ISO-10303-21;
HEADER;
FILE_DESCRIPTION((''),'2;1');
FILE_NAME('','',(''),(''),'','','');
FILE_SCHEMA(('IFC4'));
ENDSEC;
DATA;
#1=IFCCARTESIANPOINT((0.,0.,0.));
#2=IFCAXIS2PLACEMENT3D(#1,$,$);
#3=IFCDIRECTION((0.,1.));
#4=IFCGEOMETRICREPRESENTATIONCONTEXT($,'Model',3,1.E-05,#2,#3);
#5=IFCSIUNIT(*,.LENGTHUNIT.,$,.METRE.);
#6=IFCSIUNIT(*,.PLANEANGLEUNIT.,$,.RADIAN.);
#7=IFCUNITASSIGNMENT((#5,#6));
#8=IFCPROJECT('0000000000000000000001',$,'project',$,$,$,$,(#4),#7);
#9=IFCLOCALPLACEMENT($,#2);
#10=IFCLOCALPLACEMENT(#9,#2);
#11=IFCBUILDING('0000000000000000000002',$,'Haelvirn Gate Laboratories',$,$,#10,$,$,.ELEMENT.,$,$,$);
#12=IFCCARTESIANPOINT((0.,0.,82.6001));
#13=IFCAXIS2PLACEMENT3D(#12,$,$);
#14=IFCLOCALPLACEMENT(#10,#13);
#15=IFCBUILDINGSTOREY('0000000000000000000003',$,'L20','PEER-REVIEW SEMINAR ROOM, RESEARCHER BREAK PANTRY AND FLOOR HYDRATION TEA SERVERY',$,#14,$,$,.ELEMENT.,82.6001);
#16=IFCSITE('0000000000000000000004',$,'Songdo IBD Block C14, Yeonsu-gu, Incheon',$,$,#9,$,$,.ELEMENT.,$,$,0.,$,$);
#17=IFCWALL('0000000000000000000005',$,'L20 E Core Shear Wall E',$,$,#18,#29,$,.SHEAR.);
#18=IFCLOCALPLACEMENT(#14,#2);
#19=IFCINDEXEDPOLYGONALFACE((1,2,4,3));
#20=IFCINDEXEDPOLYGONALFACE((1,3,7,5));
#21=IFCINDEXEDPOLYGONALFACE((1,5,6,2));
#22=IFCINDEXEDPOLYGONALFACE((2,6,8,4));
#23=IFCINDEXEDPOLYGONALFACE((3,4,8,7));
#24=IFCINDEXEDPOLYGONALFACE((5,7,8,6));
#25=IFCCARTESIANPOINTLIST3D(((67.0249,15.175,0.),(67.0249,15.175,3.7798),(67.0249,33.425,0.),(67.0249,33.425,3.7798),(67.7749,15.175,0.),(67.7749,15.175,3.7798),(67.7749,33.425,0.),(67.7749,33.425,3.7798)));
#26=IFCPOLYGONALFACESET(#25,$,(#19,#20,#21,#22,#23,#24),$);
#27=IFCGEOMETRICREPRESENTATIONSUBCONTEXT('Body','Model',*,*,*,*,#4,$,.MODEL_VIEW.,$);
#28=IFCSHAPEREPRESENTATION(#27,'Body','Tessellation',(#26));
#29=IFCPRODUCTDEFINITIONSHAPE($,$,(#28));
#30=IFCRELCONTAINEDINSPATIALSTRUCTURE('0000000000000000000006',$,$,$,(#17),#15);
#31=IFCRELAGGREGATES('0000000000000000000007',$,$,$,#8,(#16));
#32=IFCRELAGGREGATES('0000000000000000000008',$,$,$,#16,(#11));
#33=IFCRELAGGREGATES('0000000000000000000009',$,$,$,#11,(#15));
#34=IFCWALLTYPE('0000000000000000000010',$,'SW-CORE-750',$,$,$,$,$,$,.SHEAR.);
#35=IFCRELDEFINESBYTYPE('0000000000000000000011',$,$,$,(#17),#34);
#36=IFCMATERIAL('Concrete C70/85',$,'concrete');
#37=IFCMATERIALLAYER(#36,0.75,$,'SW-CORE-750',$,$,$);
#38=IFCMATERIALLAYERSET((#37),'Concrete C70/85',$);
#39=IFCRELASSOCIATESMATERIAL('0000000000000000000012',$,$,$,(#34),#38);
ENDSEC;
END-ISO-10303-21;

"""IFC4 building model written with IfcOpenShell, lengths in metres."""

from ifc_helpers import new_model, si_unit, direction, frame, frame_2d, origin, place, context, subcontext, project, spatial, rectangle, extrude, material, layer, layer_set, type_object, element, save


model = new_model("IFC4")

# Units and contexts
model_context = context("Model", 3, precision=1e-05, world=origin(), true_north=direction((0.0, 1.0)))
body_context = subcontext(model_context, "Body", "Model", "MODEL_VIEW")
ifc_project = project(units=[si_unit("LENGTHUNIT", "METRE"), si_unit("PLANEANGLEUNIT", "RADIAN")], contexts=[model_context])

# Site, building, storey
site_placement = place(None, origin())
site = spatial("IfcSite", under=ifc_project, at=site_placement, Name="Songdo IBD Block C14, Yeonsu-gu, Incheon", CompositionType="ELEMENT", RefElevation=0.0)
building_placement = place(site_placement, origin())
building = spatial("IfcBuilding", under=site, at=building_placement, Name="Haelvirn Gate Laboratories", CompositionType="ELEMENT")
storey_placement = place(building_placement, frame((0.0, 0.0, 82.6001)))
storey = spatial("IfcBuildingStorey", under=building, at=storey_placement, Name="L20", Description="PEER-REVIEW SEMINAR ROOM, RESEARCHER BREAK PANTRY AND FLOOR HYDRATION TEA SERVERY", CompositionType="ELEMENT", Elevation=82.6001)

# Shared definitions
ifc_material_1 = material(Name="Concrete C70/85", Category="concrete")

# Wall
ifc_layer_1 = layer(ifc_material_1, 0.75, Name="SW-CORE-750")
ifc_layer_set_1 = layer_set([ifc_layer_1], Name="Concrete C70/85")
wall_type_1 = type_object("IfcWallType", Name="SW-CORE-750", PredefinedType="SHEAR", material=ifc_layer_set_1)
wall_1_placement = place(storey_placement, frame((67.3999, 15.175, 0.0), z_axis=(0.0, 0.0, 1.0), x_axis=(0.0, 1.0, 0.0)))
element("IfcWall", 1, at=wall_1_placement, inside=storey, type_object=wall_type_1, Name="L20 E Core Shear Wall E", PredefinedType="SHEAR", context=body_context, shape_type="SweptSolid", body=[
    extrude(rectangle(XDim=18.25, YDim=0.75, at=frame_2d((9.125, 0.0))), origin(), (0.0, 0.0, 1.0), 3.7798),
])

save(model, "model.ifc")
